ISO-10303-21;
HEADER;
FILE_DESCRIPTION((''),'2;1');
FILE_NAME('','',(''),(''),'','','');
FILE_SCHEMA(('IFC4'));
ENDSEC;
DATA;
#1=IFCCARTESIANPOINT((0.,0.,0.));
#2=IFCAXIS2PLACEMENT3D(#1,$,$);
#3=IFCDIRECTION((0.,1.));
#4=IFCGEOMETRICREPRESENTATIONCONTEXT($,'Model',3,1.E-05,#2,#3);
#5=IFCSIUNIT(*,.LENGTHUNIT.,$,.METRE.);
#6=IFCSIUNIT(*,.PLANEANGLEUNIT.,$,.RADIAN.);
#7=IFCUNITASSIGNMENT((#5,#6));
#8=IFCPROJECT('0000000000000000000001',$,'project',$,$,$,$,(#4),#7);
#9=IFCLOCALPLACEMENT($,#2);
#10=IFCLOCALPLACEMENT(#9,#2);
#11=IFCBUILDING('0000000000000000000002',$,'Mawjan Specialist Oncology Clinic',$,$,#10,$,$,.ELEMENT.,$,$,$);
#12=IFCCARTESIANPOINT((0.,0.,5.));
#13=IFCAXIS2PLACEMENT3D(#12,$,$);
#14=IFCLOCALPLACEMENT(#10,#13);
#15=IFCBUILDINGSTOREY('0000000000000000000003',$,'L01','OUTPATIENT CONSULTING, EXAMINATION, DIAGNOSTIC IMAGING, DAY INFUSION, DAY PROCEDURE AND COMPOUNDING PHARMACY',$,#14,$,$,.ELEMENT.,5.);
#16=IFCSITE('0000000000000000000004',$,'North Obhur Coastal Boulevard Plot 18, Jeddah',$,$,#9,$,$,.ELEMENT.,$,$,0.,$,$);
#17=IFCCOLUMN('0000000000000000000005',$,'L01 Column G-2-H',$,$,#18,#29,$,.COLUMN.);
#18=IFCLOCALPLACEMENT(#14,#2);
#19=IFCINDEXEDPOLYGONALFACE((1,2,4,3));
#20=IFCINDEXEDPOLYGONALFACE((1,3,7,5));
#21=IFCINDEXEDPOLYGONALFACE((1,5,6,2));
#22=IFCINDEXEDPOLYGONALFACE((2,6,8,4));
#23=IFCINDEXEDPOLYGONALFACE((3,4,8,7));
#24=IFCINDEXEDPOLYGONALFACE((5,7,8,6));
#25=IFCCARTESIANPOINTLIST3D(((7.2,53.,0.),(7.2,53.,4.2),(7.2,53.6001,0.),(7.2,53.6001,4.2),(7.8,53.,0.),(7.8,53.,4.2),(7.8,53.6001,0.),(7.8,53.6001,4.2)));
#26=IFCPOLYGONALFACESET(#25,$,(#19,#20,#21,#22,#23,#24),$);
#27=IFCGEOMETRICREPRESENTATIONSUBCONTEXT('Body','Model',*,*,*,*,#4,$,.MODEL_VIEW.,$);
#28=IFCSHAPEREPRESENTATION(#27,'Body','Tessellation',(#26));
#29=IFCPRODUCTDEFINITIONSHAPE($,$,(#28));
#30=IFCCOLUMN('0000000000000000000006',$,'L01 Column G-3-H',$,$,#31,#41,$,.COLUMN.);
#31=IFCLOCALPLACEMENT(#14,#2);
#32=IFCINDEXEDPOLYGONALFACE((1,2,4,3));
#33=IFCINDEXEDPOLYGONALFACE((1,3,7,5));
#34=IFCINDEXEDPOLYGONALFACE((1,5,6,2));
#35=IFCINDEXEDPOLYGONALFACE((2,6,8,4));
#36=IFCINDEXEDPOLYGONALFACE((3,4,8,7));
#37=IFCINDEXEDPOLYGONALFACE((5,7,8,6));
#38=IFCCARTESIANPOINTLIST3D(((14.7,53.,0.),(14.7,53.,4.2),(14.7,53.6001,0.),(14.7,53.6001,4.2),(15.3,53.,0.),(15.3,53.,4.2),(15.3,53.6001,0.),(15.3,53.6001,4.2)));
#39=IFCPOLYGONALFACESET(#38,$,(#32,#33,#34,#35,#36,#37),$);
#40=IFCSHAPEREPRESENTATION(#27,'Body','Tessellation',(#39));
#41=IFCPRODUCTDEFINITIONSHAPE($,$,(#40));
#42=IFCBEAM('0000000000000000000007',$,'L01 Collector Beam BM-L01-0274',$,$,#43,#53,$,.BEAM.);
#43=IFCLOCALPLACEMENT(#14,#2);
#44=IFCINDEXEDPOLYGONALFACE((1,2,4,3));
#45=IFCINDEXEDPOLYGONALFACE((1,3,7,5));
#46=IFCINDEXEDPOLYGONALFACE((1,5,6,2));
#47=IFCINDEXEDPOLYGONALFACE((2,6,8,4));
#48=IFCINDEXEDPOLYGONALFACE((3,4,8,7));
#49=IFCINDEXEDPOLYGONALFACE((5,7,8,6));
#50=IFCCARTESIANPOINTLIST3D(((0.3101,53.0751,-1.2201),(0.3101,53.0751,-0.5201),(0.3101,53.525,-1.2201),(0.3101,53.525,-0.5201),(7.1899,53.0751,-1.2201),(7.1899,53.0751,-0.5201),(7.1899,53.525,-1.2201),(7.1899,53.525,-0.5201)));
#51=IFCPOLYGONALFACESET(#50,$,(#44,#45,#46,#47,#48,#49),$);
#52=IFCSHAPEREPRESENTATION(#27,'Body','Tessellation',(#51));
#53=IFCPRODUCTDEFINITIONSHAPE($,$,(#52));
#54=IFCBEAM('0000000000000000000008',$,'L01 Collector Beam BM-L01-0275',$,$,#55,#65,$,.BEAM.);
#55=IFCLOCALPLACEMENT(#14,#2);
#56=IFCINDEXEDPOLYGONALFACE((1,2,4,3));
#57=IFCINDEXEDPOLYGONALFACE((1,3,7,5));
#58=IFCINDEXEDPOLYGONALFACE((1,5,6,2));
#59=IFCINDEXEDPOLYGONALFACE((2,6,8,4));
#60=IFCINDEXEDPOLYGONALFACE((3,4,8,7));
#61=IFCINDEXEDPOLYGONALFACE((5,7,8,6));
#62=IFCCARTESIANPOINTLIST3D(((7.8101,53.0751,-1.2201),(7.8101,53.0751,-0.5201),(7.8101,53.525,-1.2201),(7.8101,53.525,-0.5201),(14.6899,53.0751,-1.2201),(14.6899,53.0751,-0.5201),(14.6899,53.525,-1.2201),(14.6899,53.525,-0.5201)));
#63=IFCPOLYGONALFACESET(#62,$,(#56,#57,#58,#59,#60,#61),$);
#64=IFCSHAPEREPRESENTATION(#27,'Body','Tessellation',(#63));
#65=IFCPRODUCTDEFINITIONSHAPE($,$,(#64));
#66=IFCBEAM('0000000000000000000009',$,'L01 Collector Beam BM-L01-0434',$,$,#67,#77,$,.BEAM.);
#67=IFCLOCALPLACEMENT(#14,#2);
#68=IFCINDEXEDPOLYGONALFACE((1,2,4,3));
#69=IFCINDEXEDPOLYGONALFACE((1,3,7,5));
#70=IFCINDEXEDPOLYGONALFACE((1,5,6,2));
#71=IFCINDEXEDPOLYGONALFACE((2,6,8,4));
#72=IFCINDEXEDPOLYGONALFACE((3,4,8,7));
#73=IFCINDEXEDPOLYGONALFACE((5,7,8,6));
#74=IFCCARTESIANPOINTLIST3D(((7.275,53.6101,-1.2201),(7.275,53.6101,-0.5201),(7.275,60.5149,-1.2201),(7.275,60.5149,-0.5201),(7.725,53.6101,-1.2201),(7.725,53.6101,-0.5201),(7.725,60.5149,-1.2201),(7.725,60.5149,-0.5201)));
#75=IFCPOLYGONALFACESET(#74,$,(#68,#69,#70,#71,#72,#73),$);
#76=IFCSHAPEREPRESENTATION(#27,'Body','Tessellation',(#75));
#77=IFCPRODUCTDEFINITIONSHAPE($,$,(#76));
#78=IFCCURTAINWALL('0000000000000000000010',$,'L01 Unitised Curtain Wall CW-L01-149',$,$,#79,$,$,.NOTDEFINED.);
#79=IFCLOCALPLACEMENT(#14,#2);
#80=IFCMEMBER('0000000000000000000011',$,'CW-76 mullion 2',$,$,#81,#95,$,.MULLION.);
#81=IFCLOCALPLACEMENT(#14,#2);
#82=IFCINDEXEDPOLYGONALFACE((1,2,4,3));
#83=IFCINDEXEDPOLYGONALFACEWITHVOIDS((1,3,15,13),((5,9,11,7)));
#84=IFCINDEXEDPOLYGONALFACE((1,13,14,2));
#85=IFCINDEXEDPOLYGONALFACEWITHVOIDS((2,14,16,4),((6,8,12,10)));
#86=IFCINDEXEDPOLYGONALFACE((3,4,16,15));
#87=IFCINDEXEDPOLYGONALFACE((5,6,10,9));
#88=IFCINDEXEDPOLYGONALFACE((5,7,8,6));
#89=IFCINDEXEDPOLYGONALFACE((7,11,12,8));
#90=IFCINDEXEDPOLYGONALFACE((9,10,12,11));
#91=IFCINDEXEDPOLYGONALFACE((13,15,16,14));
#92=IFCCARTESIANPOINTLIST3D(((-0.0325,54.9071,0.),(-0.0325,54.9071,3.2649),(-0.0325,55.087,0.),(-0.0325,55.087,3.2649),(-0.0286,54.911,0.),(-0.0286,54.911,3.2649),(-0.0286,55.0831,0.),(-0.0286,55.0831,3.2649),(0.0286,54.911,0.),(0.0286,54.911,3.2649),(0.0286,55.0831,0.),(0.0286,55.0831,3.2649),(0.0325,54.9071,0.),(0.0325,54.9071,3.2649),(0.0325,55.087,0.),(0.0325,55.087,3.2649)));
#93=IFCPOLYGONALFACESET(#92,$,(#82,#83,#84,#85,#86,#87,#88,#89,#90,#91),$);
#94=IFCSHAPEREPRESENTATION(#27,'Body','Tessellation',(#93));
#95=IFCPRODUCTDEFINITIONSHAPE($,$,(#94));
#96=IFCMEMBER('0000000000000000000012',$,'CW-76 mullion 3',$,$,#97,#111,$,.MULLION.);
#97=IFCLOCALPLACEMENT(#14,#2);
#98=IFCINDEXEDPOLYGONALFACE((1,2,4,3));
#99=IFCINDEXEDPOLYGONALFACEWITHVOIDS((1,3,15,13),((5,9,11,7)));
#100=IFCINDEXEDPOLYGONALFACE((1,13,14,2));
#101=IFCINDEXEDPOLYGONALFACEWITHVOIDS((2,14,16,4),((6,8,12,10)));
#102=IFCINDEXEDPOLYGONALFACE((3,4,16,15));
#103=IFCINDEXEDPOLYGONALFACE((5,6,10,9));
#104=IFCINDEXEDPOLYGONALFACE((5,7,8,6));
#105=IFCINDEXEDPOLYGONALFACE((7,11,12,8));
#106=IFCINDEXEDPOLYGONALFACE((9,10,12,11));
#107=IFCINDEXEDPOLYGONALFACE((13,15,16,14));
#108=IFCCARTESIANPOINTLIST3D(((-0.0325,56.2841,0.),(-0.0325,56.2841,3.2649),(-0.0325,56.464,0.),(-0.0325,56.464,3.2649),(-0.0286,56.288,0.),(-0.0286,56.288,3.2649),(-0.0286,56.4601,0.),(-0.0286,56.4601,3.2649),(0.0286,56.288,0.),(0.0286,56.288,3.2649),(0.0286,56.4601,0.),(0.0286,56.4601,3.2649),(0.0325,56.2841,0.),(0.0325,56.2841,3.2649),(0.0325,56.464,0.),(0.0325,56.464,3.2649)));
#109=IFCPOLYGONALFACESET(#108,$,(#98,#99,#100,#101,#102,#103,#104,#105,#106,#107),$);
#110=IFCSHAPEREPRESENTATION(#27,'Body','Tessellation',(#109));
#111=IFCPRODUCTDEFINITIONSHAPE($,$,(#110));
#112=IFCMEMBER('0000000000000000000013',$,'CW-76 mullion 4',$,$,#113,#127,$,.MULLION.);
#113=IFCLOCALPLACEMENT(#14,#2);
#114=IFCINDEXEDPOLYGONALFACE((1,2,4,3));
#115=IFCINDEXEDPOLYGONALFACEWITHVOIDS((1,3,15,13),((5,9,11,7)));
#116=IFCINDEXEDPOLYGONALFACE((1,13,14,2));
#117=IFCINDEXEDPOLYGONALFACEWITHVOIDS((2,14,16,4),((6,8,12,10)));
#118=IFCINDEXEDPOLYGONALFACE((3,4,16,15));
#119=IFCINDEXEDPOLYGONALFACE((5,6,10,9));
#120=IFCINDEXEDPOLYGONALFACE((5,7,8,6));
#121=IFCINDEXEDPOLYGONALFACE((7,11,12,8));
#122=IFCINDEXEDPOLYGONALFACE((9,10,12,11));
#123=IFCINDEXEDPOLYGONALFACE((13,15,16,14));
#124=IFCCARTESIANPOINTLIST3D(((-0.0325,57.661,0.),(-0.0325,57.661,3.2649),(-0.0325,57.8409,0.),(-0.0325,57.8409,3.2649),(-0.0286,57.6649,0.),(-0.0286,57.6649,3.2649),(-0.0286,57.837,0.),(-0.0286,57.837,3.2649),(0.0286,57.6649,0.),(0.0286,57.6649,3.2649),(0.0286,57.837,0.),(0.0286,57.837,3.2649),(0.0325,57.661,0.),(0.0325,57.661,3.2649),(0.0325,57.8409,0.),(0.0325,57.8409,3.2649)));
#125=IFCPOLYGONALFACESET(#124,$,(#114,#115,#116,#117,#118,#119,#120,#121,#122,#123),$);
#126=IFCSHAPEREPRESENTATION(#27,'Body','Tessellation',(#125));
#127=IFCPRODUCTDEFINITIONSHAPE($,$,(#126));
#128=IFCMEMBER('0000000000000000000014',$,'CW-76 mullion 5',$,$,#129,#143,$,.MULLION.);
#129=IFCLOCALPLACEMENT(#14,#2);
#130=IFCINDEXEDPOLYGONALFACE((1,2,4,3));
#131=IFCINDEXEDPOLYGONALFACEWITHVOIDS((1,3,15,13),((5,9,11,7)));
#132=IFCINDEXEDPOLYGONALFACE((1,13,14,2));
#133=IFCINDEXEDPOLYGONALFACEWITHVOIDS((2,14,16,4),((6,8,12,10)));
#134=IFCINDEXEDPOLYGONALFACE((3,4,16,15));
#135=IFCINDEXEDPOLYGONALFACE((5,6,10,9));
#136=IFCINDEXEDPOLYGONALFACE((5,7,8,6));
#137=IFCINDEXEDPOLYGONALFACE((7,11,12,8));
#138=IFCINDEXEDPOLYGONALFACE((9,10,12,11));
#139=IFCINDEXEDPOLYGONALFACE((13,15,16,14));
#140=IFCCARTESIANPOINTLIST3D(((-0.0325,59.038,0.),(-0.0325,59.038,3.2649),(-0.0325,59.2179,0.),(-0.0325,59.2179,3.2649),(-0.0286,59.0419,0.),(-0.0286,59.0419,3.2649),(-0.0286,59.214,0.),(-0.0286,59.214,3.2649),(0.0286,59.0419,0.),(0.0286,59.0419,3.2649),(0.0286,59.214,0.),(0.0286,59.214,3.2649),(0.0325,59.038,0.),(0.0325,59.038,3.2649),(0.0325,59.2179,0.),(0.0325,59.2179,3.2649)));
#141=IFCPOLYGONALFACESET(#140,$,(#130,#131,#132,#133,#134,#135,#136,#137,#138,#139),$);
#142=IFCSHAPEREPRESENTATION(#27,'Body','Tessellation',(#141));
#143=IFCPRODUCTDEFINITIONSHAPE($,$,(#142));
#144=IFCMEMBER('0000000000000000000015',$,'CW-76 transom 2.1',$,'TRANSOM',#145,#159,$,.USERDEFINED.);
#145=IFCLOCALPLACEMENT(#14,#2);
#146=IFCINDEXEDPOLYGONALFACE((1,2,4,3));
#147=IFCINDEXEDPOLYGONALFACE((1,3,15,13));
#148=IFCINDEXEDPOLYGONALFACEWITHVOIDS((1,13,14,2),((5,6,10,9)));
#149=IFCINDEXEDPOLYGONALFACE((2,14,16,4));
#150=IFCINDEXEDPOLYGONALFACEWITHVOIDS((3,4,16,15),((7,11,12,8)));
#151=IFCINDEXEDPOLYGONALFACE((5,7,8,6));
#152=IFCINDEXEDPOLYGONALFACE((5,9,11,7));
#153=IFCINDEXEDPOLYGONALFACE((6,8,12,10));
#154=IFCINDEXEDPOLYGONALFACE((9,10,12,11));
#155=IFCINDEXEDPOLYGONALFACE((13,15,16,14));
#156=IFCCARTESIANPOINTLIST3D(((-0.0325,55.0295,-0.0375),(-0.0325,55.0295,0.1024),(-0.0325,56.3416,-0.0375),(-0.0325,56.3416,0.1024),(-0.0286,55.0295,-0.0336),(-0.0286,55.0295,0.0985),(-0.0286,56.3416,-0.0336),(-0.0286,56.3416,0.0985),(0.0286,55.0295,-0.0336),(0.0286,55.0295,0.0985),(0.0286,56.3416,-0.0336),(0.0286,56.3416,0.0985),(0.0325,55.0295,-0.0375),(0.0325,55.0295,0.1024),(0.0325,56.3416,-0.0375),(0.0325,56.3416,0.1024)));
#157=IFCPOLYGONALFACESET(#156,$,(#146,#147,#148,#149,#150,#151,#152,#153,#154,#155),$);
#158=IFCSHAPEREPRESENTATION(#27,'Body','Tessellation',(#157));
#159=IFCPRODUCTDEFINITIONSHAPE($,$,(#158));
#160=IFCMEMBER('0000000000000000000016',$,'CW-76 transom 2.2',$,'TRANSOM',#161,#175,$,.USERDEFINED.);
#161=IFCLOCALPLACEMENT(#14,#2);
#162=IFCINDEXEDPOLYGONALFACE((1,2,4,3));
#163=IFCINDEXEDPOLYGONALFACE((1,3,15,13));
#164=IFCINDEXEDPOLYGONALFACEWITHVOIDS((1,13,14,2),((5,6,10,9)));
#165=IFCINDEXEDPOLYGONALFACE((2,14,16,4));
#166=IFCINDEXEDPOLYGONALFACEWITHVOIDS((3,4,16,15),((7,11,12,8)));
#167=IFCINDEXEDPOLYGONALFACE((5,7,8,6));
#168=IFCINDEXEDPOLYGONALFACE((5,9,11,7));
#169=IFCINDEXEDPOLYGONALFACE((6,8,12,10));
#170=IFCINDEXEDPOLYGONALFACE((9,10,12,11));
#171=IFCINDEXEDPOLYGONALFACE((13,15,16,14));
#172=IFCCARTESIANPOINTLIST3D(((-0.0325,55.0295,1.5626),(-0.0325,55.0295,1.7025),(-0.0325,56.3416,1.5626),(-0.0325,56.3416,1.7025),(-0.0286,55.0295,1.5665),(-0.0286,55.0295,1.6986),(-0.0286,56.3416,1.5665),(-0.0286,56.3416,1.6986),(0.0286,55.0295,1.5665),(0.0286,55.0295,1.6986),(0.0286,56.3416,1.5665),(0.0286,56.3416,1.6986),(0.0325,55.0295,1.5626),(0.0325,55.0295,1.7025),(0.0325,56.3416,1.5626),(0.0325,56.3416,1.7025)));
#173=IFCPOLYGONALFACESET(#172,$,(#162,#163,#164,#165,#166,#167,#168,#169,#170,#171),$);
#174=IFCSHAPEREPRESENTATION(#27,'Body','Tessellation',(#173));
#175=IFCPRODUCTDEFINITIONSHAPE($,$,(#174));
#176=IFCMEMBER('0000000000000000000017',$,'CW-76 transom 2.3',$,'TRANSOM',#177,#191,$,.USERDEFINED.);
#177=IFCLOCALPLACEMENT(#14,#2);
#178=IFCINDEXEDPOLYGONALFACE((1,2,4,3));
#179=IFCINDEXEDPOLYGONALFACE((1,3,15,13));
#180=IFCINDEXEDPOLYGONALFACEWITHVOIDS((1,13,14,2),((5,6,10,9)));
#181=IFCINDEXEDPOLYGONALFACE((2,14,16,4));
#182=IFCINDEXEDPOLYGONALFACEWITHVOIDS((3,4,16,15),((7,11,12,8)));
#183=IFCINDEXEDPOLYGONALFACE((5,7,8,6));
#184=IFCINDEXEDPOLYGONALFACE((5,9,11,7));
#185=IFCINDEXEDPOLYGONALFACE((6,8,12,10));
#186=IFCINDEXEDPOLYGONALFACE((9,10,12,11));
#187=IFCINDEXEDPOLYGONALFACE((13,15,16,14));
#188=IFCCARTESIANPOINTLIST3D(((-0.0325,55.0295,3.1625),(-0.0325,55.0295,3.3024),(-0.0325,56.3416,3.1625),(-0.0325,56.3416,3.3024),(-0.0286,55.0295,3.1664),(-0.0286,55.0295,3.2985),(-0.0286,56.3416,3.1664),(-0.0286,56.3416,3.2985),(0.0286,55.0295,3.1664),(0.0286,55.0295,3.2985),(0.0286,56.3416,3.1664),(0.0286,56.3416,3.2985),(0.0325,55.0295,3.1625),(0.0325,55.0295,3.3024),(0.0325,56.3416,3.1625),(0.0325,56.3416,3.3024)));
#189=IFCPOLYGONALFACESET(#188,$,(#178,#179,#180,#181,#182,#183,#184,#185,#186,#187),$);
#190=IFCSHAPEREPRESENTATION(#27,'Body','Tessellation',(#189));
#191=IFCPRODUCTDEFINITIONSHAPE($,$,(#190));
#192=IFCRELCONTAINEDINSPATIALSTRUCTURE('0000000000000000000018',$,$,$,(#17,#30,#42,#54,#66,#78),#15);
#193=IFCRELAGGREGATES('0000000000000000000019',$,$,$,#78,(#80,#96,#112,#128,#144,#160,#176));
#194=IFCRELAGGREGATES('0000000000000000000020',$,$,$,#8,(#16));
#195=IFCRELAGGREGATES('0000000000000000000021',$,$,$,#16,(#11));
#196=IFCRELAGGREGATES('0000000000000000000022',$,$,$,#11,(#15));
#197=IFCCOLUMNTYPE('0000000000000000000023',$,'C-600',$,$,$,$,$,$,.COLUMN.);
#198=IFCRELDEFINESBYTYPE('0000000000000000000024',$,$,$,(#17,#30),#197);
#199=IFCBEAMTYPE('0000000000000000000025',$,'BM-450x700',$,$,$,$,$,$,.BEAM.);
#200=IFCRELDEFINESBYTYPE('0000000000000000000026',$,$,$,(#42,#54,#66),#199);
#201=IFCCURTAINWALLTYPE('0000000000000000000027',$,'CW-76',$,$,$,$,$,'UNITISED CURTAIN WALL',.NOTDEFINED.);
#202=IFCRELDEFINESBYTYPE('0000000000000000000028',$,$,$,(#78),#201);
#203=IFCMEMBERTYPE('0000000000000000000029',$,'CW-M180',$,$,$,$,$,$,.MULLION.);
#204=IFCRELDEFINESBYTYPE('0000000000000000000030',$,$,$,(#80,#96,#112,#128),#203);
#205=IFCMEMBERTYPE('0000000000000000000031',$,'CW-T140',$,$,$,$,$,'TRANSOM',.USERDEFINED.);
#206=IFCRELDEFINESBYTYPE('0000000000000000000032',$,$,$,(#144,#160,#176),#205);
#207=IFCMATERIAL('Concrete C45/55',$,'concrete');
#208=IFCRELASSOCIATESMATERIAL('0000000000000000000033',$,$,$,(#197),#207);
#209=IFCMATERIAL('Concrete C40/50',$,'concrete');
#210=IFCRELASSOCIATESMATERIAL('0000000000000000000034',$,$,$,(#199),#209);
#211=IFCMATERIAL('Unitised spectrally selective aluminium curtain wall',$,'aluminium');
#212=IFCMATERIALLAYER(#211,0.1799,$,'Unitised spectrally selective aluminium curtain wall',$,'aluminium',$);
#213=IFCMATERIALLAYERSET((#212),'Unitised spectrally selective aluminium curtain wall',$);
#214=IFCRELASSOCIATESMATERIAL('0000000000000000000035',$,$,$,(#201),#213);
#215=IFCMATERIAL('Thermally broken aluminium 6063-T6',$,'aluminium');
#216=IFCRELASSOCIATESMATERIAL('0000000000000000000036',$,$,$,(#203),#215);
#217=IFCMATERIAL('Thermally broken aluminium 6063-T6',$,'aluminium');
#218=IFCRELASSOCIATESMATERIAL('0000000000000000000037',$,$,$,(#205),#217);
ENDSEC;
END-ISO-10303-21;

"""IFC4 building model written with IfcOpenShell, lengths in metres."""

from ifc_helpers import new_model, si_unit, direction, frame, origin, origin_2d, place, context, subcontext, project, spatial, rectangle, hollow_rectangle, extrude, material, layer, layer_set, material_profile, profile_set, type_object, element, aggregate, save


model = new_model("IFC4")

# Units and contexts
model_context = context("Model", 3, precision=1e-05, world=origin(), true_north=direction((0.0, 1.0)))
body_context = subcontext(model_context, "Body", "Model", "MODEL_VIEW")
ifc_project = project(units=[si_unit("LENGTHUNIT", "METRE"), si_unit("PLANEANGLEUNIT", "RADIAN")], contexts=[model_context])

# Site, building, storey
site_placement = place(None, origin())
site = spatial("IfcSite", under=ifc_project, at=site_placement, Name="North Obhur Coastal Boulevard Plot 18, Jeddah", CompositionType="ELEMENT", RefElevation=0.0)
building_placement = place(site_placement, origin())
building = spatial("IfcBuilding", under=site, at=building_placement, Name="Mawjan Specialist Oncology Clinic", CompositionType="ELEMENT")
storey_placement = place(building_placement, frame((0.0, 0.0, 5.0)))
storey = spatial("IfcBuildingStorey", under=building, at=storey_placement, Name="L01", Description="OUTPATIENT CONSULTING, EXAMINATION, DIAGNOSTIC IMAGING, DAY INFUSION, DAY PROCEDURE AND COMPOUNDING PHARMACY", CompositionType="ELEMENT", Elevation=5.0)

# Columns
ifc_material_1 = material(Name="Concrete C45/55", Category="concrete")
ifc_material_profile_1 = material_profile(ifc_material_1, rectangle(XDim=0.6001, YDim=0.6001, at=origin_2d()), Name="RC COL 600x600", Category="concrete")
ifc_profile_set_1 = profile_set([ifc_material_profile_1], Name="Concrete C45/55")
column_type = type_object("IfcColumnType", Name="C-600", PredefinedType="COLUMN", material=ifc_profile_set_1)
for number, where, z_axis, x_axis, name in (
    (1, (7.5, 53.3, 0.0), (0.0, 0.0, 1.0), (1.0, 0.0, 0.0), "L01 Column G-2-H"),
    (2, (15.0, 53.3, 0.0), (0.0, 0.0, 1.0), (1.0, 0.0, 0.0), "L01 Column G-3-H"),
):
    element("IfcColumn", number, at=place(storey_placement, frame(where, z_axis=z_axis, x_axis=x_axis)), inside=storey, type_object=column_type, Name=name, PredefinedType="COLUMN", context=body_context, shape_type="SweptSolid", body=[
        extrude(rectangle(XDim=0.6001, YDim=0.6001, at=origin_2d()), origin(), (0.0, 0.0, 1.0), 4.2),
    ])

# Beams
ifc_material_2 = material(Name="Concrete C40/50", Category="concrete")
ifc_material_profile_2 = material_profile(ifc_material_2, rectangle(XDim=0.45, YDim=0.7, at=origin_2d()), Name="RC BM 450x700", Category="concrete")
ifc_profile_set_2 = profile_set([ifc_material_profile_2], Name="Concrete C40/50")
beam_type = type_object("IfcBeamType", Name="BM-450x700", PredefinedType="BEAM", material=ifc_profile_set_2)
for number, where, z_axis, x_axis, name in (
    (3, (0.3101, 53.3, -0.8701), (1.0, 0.0, 0.0), (0.0, 1.0, 0.0), "L01 Collector Beam BM-L01-0274"),
    (4, (7.8101, 53.3, -0.8701), (1.0, 0.0, 0.0), (0.0, 1.0, 0.0), "L01 Collector Beam BM-L01-0275"),
):
    element("IfcBeam", number, at=place(storey_placement, frame(where, z_axis=z_axis, x_axis=x_axis)), inside=storey, type_object=beam_type, Name=name, PredefinedType="BEAM", context=body_context, shape_type="SweptSolid", body=[
        extrude(rectangle(XDim=0.45, YDim=0.7, at=origin_2d()), origin(), (0.0, 0.0, 1.0), 6.8799),
    ])
beam_placement = place(storey_placement, frame((7.5, 53.6101, -0.8701), z_axis=(0.0, 1.0, 0.0), x_axis=(-1.0, 0.0, 0.0)))
element("IfcBeam", 5, at=beam_placement, inside=storey, type_object=beam_type, Name="L01 Collector Beam BM-L01-0434", PredefinedType="BEAM", context=body_context, shape_type="SweptSolid", body=[
    extrude(rectangle(XDim=0.45, YDim=0.7, at=origin_2d()), origin(), (0.0, 0.0, 1.0), 6.9048),
])

# Curtain wall, members
ifc_material_3 = material(Name="Unitised spectrally selective aluminium curtain wall", Category="aluminium")
ifc_layer_1 = layer(ifc_material_3, 0.1799, Name="Unitised spectrally selective aluminium curtain wall", Category="aluminium")
ifc_layer_set_1 = layer_set([ifc_layer_1], Name="Unitised spectrally selective aluminium curtain wall")
curtain_wall_type = type_object("IfcCurtainWallType", Name="CW-76", ElementType="UNITISED CURTAIN WALL", PredefinedType="NOTDEFINED", material=ifc_layer_set_1)
curtain_wall_placement = place(storey_placement, origin())
curtain_wall = element("IfcCurtainWall", 6, at=curtain_wall_placement, inside=storey, type_object=curtain_wall_type, Name="L01 Unitised Curtain Wall CW-L01-149", PredefinedType="NOTDEFINED")
ifc_material_4 = material(Name="Thermally broken aluminium 6063-T6", Category="aluminium")
ifc_material_profile_3 = material_profile(ifc_material_4, hollow_rectangle(XDim=0.0649, YDim=0.1799, WallThickness=0.0039, at=origin_2d()), Name="ALU MULLION 180x65x4", Category="aluminium")
ifc_profile_set_3 = profile_set([ifc_material_profile_3], Name="Thermally broken aluminium 6063-T6")
member_type_1 = type_object("IfcMemberType", Name="CW-M180", PredefinedType="MULLION", material=ifc_profile_set_3)
member_1_placement = place(storey_placement, frame((0.0, 54.9971, 0.0), z_axis=(0.0, 0.0, 1.0), x_axis=(-1.0, 0.0, 0.0)))
member_1 = element("IfcMember", 7, at=member_1_placement, type_object=member_type_1, Name="CW-76 mullion 2", PredefinedType="MULLION", context=body_context, shape_type="SweptSolid", body=[
    extrude(hollow_rectangle(XDim=0.0649, YDim=0.1799, WallThickness=0.0039, at=origin_2d()), origin(), (0.0, 0.0, 1.0), 3.2649),
])
member_2_placement = place(storey_placement, frame((0.0, 56.374, 0.0), z_axis=(0.0, 0.0, 1.0), x_axis=(-1.0, 0.0, 0.0)))
member_2 = element("IfcMember", 8, at=member_2_placement, type_object=member_type_1, Name="CW-76 mullion 3", PredefinedType="MULLION", context=body_context, shape_type="SweptSolid", body=[
    extrude(hollow_rectangle(XDim=0.0649, YDim=0.1799, WallThickness=0.0039, at=origin_2d()), origin(), (0.0, 0.0, 1.0), 3.2649),
])
member_3_placement = place(storey_placement, frame((0.0, 57.751, 0.0), z_axis=(0.0, 0.0, 1.0), x_axis=(-1.0, 0.0, 0.0)))
member_3 = element("IfcMember", 9, at=member_3_placement, type_object=member_type_1, Name="CW-76 mullion 4", PredefinedType="MULLION", context=body_context, shape_type="SweptSolid", body=[
    extrude(hollow_rectangle(XDim=0.0649, YDim=0.1799, WallThickness=0.0039, at=origin_2d()), origin(), (0.0, 0.0, 1.0), 3.2649),
])
member_4_placement = place(storey_placement, frame((0.0, 59.1279, 0.0), z_axis=(0.0, 0.0, 1.0), x_axis=(-1.0, 0.0, 0.0)))
member_4 = element("IfcMember", 10, at=member_4_placement, type_object=member_type_1, Name="CW-76 mullion 5", PredefinedType="MULLION", context=body_context, shape_type="SweptSolid", body=[
    extrude(hollow_rectangle(XDim=0.0649, YDim=0.1799, WallThickness=0.0039, at=origin_2d()), origin(), (0.0, 0.0, 1.0), 3.2649),
])
ifc_material_5 = material(Name="Thermally broken aluminium 6063-T6", Category="aluminium")
ifc_material_profile_4 = material_profile(ifc_material_5, hollow_rectangle(XDim=0.0649, YDim=0.1399, WallThickness=0.0039, at=origin_2d()), Name="ALU TRANSOM 140x65x4", Category="aluminium")
ifc_profile_set_4 = profile_set([ifc_material_profile_4], Name="Thermally broken aluminium 6063-T6")
member_type_2 = type_object("IfcMemberType", Name="CW-T140", ElementType="TRANSOM", PredefinedType="USERDEFINED", material=ifc_profile_set_4)
member_5_placement = place(storey_placement, frame((0.0, 55.0295, 0.0325), z_axis=(0.0, 1.0, 0.0), x_axis=(-1.0, 0.0, 0.0)))
member_5 = element("IfcMember", 11, at=member_5_placement, type_object=member_type_2, Name="CW-76 transom 2.1", ObjectType="TRANSOM", PredefinedType="USERDEFINED", context=body_context, shape_type="SweptSolid", body=[
    extrude(hollow_rectangle(XDim=0.0649, YDim=0.1399, WallThickness=0.0039, at=origin_2d()), origin(), (0.0, 0.0, 1.0), 1.312),
])
member_6_placement = place(storey_placement, frame((0.0, 55.0295, 1.6326), z_axis=(0.0, 1.0, 0.0), x_axis=(-1.0, 0.0, 0.0)))
member_6 = element("IfcMember", 12, at=member_6_placement, type_object=member_type_2, Name="CW-76 transom 2.2", ObjectType="TRANSOM", PredefinedType="USERDEFINED", context=body_context, shape_type="SweptSolid", body=[
    extrude(hollow_rectangle(XDim=0.0649, YDim=0.1399, WallThickness=0.0039, at=origin_2d()), origin(), (0.0, 0.0, 1.0), 1.312),
])
member_7_placement = place(storey_placement, frame((0.0, 55.0295, 3.2324), z_axis=(0.0, 1.0, 0.0), x_axis=(-1.0, 0.0, 0.0)))
member_7 = element("IfcMember", 13, at=member_7_placement, type_object=member_type_2, Name="CW-76 transom 2.3", ObjectType="TRANSOM", PredefinedType="USERDEFINED", context=body_context, shape_type="SweptSolid", body=[
    extrude(hollow_rectangle(XDim=0.0649, YDim=0.1399, WallThickness=0.0039, at=origin_2d()), origin(), (0.0, 0.0, 1.0), 1.312),
])
aggregate(curtain_wall, [member_1, member_2, member_3, member_4, member_5, member_6, member_7])

save(model, "model.ifc")
